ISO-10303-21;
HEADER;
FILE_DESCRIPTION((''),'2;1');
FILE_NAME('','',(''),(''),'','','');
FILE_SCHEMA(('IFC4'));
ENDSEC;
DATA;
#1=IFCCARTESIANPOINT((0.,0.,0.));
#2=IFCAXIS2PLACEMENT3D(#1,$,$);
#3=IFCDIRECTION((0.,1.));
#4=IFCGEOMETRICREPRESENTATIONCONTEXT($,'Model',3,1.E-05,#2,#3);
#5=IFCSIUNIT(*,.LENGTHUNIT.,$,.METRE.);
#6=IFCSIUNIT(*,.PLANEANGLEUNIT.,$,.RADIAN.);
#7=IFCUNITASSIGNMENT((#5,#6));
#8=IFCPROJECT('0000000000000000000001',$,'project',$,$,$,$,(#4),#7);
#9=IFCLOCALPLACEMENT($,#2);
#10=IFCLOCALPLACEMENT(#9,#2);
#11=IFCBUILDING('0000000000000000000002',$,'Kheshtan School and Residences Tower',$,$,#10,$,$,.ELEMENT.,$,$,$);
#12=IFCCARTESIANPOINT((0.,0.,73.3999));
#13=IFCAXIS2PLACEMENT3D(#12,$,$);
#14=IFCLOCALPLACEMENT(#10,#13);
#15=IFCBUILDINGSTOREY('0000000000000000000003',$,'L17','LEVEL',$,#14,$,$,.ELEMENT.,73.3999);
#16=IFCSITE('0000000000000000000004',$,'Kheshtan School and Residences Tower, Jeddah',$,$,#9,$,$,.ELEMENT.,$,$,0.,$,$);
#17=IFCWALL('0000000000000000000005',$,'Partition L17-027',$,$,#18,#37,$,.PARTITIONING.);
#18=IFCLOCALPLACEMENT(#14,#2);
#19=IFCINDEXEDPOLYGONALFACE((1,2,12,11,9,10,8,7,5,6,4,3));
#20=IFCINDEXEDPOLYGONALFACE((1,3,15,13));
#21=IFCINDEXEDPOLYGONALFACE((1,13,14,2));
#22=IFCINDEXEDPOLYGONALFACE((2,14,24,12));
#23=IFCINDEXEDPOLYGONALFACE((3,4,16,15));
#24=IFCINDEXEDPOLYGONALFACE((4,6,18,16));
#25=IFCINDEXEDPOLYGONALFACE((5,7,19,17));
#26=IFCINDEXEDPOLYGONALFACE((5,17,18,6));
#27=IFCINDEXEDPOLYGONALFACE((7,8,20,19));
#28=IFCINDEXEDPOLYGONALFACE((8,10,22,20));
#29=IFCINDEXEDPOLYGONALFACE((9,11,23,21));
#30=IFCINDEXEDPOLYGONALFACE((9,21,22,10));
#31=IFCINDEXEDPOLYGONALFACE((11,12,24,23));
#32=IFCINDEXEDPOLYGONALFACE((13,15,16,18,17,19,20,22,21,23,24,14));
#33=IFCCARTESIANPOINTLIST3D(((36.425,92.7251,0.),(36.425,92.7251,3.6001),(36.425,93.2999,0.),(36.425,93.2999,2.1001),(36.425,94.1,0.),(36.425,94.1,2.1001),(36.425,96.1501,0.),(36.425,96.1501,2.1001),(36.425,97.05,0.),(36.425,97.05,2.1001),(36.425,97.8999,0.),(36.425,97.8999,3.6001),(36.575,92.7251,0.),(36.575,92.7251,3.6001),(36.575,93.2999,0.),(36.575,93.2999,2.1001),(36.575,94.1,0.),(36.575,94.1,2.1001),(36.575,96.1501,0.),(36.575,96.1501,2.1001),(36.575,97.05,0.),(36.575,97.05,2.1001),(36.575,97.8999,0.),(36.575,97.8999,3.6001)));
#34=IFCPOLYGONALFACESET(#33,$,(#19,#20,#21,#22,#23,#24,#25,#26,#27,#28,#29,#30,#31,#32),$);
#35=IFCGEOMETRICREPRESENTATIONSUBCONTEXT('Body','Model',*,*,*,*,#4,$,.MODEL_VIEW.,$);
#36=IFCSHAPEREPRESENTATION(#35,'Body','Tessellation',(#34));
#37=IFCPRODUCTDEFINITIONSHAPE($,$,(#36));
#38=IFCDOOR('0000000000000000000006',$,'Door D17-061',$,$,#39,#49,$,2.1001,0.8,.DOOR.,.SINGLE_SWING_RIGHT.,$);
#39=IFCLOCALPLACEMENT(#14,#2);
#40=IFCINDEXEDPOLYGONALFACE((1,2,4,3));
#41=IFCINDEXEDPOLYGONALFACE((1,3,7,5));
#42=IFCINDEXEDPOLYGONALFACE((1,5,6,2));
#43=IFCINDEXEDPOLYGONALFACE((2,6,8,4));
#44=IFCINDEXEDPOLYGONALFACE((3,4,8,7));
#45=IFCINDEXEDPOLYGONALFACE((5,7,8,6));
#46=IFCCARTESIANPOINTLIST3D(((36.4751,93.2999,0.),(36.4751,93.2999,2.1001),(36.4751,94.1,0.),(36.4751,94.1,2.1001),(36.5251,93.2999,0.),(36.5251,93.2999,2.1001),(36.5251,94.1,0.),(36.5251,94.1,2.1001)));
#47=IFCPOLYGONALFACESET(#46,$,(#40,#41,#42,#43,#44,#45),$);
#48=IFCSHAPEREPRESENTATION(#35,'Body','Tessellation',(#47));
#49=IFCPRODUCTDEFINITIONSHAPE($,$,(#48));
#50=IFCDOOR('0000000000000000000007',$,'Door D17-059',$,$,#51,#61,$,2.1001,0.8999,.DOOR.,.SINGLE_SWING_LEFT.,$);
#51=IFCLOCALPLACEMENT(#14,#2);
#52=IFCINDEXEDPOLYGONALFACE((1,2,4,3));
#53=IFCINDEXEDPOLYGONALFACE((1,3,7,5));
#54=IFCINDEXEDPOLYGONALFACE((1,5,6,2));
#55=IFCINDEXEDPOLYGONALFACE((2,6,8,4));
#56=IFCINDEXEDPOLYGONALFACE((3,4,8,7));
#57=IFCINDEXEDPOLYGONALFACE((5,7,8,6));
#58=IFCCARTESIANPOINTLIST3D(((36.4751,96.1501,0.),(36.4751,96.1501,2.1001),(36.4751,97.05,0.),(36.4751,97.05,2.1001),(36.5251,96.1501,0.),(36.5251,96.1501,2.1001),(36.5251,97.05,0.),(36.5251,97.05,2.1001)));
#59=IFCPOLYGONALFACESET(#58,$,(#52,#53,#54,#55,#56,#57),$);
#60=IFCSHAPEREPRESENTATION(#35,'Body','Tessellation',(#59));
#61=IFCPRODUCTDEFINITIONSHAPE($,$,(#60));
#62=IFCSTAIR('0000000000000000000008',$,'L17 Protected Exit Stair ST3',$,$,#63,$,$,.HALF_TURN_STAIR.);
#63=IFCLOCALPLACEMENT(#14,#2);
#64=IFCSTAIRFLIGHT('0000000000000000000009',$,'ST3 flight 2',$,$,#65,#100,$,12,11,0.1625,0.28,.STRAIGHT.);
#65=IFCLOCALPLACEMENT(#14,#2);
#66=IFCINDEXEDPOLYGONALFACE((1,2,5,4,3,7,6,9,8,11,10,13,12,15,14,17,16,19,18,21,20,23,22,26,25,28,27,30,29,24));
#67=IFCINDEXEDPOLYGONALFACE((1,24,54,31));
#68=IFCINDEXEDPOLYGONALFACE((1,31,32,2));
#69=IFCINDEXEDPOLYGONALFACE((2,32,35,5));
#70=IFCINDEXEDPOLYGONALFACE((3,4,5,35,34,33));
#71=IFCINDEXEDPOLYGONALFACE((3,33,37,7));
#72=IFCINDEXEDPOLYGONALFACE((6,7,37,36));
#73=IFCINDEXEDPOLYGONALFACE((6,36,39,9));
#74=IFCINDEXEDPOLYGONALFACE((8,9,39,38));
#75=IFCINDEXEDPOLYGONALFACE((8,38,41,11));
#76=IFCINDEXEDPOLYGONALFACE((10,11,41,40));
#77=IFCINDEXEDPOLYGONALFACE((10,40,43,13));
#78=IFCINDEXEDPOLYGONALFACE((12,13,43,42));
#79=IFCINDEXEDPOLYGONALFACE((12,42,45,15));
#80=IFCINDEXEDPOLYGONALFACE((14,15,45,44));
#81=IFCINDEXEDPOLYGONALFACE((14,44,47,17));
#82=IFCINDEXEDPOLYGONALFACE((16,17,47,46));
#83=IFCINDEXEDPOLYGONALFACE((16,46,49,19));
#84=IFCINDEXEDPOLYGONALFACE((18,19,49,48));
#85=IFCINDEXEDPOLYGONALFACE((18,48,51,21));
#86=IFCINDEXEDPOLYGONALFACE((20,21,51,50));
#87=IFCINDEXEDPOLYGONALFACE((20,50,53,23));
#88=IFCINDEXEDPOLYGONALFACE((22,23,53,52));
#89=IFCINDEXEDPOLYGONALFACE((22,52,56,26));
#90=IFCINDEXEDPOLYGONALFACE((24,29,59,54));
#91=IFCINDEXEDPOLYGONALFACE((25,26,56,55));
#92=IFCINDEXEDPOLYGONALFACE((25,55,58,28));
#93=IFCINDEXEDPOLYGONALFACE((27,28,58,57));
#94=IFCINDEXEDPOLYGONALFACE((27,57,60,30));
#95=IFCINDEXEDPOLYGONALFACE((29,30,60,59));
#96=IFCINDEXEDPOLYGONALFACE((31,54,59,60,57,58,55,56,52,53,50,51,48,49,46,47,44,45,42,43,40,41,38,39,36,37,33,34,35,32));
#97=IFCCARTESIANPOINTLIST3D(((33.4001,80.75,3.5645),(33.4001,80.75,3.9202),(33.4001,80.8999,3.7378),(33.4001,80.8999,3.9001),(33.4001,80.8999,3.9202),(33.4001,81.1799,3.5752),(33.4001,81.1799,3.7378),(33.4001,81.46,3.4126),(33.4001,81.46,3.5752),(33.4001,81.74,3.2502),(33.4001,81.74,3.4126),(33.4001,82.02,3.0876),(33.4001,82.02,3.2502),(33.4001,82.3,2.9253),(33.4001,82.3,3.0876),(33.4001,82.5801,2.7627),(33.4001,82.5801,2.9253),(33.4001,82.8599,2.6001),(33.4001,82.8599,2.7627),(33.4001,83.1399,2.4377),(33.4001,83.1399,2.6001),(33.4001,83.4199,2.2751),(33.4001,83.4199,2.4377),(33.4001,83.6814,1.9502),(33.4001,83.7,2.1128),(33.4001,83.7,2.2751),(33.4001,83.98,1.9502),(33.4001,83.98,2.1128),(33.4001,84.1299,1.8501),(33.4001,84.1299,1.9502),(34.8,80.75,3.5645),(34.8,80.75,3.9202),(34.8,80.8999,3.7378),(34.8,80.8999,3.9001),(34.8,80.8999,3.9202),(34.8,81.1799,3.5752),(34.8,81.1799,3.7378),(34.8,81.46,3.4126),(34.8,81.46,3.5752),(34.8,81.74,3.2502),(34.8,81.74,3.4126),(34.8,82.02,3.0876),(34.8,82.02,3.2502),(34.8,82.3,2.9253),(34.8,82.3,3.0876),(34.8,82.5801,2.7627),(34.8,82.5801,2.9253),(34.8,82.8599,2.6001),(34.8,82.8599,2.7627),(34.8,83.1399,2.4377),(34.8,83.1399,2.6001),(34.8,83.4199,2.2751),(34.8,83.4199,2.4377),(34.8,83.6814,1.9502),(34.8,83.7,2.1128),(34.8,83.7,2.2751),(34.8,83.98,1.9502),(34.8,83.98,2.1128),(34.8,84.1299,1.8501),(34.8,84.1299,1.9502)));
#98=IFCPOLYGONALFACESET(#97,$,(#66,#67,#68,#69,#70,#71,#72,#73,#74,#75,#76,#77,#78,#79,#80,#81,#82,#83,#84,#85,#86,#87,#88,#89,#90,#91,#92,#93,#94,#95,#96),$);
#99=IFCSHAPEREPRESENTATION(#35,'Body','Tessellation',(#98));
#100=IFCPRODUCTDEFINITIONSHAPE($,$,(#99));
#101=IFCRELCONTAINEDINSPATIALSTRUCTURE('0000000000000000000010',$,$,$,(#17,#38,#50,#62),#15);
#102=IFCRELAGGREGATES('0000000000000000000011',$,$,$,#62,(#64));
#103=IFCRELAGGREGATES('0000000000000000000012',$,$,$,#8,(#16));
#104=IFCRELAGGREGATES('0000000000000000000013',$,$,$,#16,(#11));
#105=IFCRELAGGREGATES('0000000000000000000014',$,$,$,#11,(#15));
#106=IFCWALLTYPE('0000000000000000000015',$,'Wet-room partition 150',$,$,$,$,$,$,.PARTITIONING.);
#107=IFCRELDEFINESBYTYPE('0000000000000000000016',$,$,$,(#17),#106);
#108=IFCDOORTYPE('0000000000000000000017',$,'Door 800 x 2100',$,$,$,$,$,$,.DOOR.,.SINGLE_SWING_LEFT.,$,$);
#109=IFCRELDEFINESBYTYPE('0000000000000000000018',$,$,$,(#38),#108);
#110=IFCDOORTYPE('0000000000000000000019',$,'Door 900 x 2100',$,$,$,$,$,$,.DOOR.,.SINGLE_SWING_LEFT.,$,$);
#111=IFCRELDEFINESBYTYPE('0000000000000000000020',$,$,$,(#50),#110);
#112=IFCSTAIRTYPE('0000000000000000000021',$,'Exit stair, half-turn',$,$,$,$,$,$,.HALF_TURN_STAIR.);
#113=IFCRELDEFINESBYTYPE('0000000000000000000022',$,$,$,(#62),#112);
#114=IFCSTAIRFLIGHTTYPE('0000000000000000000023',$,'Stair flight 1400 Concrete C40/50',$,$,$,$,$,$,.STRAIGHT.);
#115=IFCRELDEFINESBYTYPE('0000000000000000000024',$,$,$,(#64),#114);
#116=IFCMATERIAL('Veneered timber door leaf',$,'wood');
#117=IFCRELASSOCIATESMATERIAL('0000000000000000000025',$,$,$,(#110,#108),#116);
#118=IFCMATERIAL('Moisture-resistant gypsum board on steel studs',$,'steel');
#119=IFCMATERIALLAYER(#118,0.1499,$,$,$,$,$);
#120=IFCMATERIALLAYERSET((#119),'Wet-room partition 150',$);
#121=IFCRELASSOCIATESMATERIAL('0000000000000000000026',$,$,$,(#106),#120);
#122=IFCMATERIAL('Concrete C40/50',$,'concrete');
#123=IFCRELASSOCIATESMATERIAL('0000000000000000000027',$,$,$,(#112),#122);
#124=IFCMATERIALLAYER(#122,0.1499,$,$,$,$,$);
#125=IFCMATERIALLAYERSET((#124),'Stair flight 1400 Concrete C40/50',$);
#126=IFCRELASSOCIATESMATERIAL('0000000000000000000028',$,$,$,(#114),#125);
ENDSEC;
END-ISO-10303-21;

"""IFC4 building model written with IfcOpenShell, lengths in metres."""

from ifc_helpers import new_model, si_unit, direction, frame, frame_2d, origin, place, context, subcontext, project, spatial, polyline, rectangle, outline, extrude, source, transform, mapped, material, layer, layer_set, type_object, element, fill, aggregate, save


model = new_model("IFC4")

# Units and contexts
model_context = context("Model", 3, precision=1e-05, world=origin(), true_north=direction((0.0, 1.0)))
body_context = subcontext(model_context, "Body", "Model", "MODEL_VIEW")
ifc_project = project(units=[si_unit("LENGTHUNIT", "METRE"), si_unit("PLANEANGLEUNIT", "RADIAN")], contexts=[model_context])

# Site, building, storey
site_placement = place(None, origin())
site = spatial("IfcSite", under=ifc_project, at=site_placement, Name="Kheshtan School and Residences Tower, Jeddah", CompositionType="ELEMENT", RefElevation=0.0)
building_placement = place(site_placement, origin())
building = spatial("IfcBuilding", under=site, at=building_placement, Name="Kheshtan School and Residences Tower", CompositionType="ELEMENT")
storey_placement = place(building_placement, frame((0.0, 0.0, 73.3999)))
storey = spatial("IfcBuildingStorey", under=building, at=storey_placement, Name="L17", Description="LEVEL", CompositionType="ELEMENT", Elevation=73.3999)

# Shared definitions
ifc_material_1 = material(Name="Veneered timber door leaf", Category="wood")
door_type_1 = type_object("IfcDoorType", Name="Door 900 x 2100", OperationType="SINGLE_SWING_LEFT", PredefinedType="DOOR", material=ifc_material_1)
shared_shape_1 = source(origin(), body_context, "Body", "SweptSolid", [
    extrude(rectangle(XDim=0.8999, YDim=2.1001, at=frame_2d((0.45, 1.05))), frame((0.0, 0.0249, 0.0), z_axis=(0.0, -1.0, 0.0), x_axis=(1.0, 0.0, 0.0)), (0.0, 0.0, 1.0), 0.05),
])

# Shared definitions
ifc_material_2 = material(Name="Concrete C40/50", Category="concrete")
ifc_material_3 = material(Name="Moisture-resistant gypsum board on steel studs", Category="steel")
ifc_layer_1 = layer(ifc_material_3, 0.1499)
ifc_layer_set_1 = layer_set([ifc_layer_1], Name="Wet-room partition 150")
wall_type_1 = type_object("IfcWallType", Name="Wet-room partition 150", PredefinedType="PARTITIONING", material=ifc_layer_set_1)

# Shared definitions
door_type_2 = type_object("IfcDoorType", Name="Door 800 x 2100", OperationType="SINGLE_SWING_LEFT", PredefinedType="DOOR", material=ifc_material_1)
shared_shape_2 = source(origin(), body_context, "Body", "SweptSolid", [
    extrude(rectangle(XDim=0.8, YDim=2.1001, at=frame_2d((0.3999, 1.05))), frame((0.0, 0.0249, 0.0), z_axis=(0.0, -1.0, 0.0), x_axis=(1.0, 0.0, 0.0)), (0.0, 0.0, 1.0), 0.05),
])

# Wall, openings, doors
wall_1_placement = place(storey_placement, frame((36.5, 92.7251, 0.0), z_axis=(0.0, 0.0, 1.0), x_axis=(0.0, 1.0, 0.0)))
wall_1 = element("IfcWall", 1, at=wall_1_placement, inside=storey, type_object=wall_type_1, Name="Partition L17-027", PredefinedType="PARTITIONING", context=body_context, shape_type="SweptSolid", body=[
    extrude(rectangle(XDim=5.1748, YDim=0.1499, at=frame_2d((2.5874, 0.0))), origin(), (0.0, 0.0, 1.0), 3.6001),
])
opening_1_placement = place(wall_1_placement, frame((3.425, 0.0, 0.0)))
opening_1 = element("IfcOpeningElement", 2, at=opening_1_placement, cuts=wall_1, PredefinedType="OPENING", context=body_context, shape_type="SweptSolid", body=[
    extrude(rectangle(XDim=0.8999, YDim=2.1001, at=frame_2d((0.45, 1.05))), frame((0.0, 0.085, 0.0), z_axis=(0.0, -1.0, 0.0), x_axis=(1.0, 0.0, 0.0)), (0.0, 0.0, 1.0), 0.1699),
])
opening_2_placement = place(wall_1_placement, frame((0.575, 0.0, 0.0)))
opening_2 = element("IfcOpeningElement", 3, at=opening_2_placement, cuts=wall_1, PredefinedType="OPENING", context=body_context, shape_type="SweptSolid", body=[
    extrude(rectangle(XDim=0.8, YDim=2.1001, at=frame_2d((0.3999, 1.05))), frame((0.0, 0.085, 0.0), z_axis=(0.0, -1.0, 0.0), x_axis=(1.0, 0.0, 0.0)), (0.0, 0.0, 1.0), 0.1699),
])
door_1_placement = place(opening_2_placement, origin())
door_1 = element("IfcDoor", 4, at=door_1_placement, inside=storey, type_object=door_type_2, Name="Door D17-061", OperationType="SINGLE_SWING_RIGHT", OverallHeight=2.1001, OverallWidth=0.8, PredefinedType="DOOR", context=body_context, shape_type="MappedRepresentation", body=[
    mapped(shared_shape_2, transform((0.0, 0.0, 0.0), x_axis=(1.0, 0.0, 0.0), y_axis=(0.0, 1.0, 0.0), z_axis=(0.0, 0.0, 1.0), scale=1.0)),
])
fill(opening_2, door_1)
door_2_placement = place(opening_1_placement, origin())
door_2 = element("IfcDoor", 5, at=door_2_placement, inside=storey, type_object=door_type_1, Name="Door D17-059", OperationType="SINGLE_SWING_LEFT", OverallHeight=2.1001, OverallWidth=0.8999, PredefinedType="DOOR", context=body_context, shape_type="MappedRepresentation", body=[
    mapped(shared_shape_1, transform((0.0, 0.0, 0.0), x_axis=(1.0, 0.0, 0.0), y_axis=(0.0, 1.0, 0.0), z_axis=(0.0, 0.0, 1.0), scale=1.0)),
])
fill(opening_1, door_2)

# Stair, stair flight
stair_type = type_object("IfcStairType", Name="Exit stair, half-turn", PredefinedType="HALF_TURN_STAIR", material=ifc_material_2)
stair_placement = place(storey_placement, origin())
stair = element("IfcStair", 6, at=stair_placement, inside=storey, type_object=stair_type, Name="L17 Protected Exit Stair ST3", PredefinedType="HALF_TURN_STAIR")
ifc_layer_2 = layer(ifc_material_2, 0.1499)
ifc_layer_set_2 = layer_set([ifc_layer_2], Name="Stair flight 1400 Concrete C40/50")
stair_flight_type = type_object("IfcStairFlightType", Name="Stair flight 1400 Concrete C40/50", PredefinedType="STRAIGHT", material=ifc_layer_set_2)
stair_flight_placement = place(storey_placement, frame((34.1001, 83.98, 1.9502), z_axis=(0.0, 0.0, 1.0), x_axis=(0.0, -1.0, 0.0)))
stair_flight = element("IfcStairFlight", 7, at=stair_flight_placement, type_object=stair_flight_type, Name="ST3 flight 2", NumberOfRisers=12, NumberOfTreads=11, PredefinedType="STRAIGHT", RiserHeight=0.1625, TreadLength=0.28, context=body_context, shape_type="SweptSolid", body=[
    extrude(outline(polyline([(-0.1499, -0.1001), (-0.1499, 0.0), (0.0, 0.0), (0.0, 0.1626), (0.28, 0.1626), (0.28, 0.325), (0.5601, 0.325), (0.5601, 0.4875), (0.8401, 0.4875), (0.8401, 0.6499), (1.1201, 0.6499), (1.1201, 0.8125), (1.3999, 0.8125), (1.3999, 0.9751), (1.6799, 0.9751), (1.6799, 1.1375), (1.96, 1.1375), (1.96, 1.3), (2.24, 1.3), (2.24, 1.4624), (2.52, 1.4624), (2.52, 1.625), (2.8, 1.625), (2.8, 1.7876), (3.0801, 1.7876), (3.0801, 1.95), (3.0801, 1.97), (3.23, 1.97), (3.23, 1.6143), (0.2986, 0.0), (-0.1499, -0.1001)])), frame((0.0, 0.7, 0.0), z_axis=(0.0, -1.0, 0.0), x_axis=(1.0, 0.0, 0.0)), (0.0, 0.0, 1.0), 1.3999),
])
aggregate(stair, [stair_flight])

save(model, "model.ifc")
